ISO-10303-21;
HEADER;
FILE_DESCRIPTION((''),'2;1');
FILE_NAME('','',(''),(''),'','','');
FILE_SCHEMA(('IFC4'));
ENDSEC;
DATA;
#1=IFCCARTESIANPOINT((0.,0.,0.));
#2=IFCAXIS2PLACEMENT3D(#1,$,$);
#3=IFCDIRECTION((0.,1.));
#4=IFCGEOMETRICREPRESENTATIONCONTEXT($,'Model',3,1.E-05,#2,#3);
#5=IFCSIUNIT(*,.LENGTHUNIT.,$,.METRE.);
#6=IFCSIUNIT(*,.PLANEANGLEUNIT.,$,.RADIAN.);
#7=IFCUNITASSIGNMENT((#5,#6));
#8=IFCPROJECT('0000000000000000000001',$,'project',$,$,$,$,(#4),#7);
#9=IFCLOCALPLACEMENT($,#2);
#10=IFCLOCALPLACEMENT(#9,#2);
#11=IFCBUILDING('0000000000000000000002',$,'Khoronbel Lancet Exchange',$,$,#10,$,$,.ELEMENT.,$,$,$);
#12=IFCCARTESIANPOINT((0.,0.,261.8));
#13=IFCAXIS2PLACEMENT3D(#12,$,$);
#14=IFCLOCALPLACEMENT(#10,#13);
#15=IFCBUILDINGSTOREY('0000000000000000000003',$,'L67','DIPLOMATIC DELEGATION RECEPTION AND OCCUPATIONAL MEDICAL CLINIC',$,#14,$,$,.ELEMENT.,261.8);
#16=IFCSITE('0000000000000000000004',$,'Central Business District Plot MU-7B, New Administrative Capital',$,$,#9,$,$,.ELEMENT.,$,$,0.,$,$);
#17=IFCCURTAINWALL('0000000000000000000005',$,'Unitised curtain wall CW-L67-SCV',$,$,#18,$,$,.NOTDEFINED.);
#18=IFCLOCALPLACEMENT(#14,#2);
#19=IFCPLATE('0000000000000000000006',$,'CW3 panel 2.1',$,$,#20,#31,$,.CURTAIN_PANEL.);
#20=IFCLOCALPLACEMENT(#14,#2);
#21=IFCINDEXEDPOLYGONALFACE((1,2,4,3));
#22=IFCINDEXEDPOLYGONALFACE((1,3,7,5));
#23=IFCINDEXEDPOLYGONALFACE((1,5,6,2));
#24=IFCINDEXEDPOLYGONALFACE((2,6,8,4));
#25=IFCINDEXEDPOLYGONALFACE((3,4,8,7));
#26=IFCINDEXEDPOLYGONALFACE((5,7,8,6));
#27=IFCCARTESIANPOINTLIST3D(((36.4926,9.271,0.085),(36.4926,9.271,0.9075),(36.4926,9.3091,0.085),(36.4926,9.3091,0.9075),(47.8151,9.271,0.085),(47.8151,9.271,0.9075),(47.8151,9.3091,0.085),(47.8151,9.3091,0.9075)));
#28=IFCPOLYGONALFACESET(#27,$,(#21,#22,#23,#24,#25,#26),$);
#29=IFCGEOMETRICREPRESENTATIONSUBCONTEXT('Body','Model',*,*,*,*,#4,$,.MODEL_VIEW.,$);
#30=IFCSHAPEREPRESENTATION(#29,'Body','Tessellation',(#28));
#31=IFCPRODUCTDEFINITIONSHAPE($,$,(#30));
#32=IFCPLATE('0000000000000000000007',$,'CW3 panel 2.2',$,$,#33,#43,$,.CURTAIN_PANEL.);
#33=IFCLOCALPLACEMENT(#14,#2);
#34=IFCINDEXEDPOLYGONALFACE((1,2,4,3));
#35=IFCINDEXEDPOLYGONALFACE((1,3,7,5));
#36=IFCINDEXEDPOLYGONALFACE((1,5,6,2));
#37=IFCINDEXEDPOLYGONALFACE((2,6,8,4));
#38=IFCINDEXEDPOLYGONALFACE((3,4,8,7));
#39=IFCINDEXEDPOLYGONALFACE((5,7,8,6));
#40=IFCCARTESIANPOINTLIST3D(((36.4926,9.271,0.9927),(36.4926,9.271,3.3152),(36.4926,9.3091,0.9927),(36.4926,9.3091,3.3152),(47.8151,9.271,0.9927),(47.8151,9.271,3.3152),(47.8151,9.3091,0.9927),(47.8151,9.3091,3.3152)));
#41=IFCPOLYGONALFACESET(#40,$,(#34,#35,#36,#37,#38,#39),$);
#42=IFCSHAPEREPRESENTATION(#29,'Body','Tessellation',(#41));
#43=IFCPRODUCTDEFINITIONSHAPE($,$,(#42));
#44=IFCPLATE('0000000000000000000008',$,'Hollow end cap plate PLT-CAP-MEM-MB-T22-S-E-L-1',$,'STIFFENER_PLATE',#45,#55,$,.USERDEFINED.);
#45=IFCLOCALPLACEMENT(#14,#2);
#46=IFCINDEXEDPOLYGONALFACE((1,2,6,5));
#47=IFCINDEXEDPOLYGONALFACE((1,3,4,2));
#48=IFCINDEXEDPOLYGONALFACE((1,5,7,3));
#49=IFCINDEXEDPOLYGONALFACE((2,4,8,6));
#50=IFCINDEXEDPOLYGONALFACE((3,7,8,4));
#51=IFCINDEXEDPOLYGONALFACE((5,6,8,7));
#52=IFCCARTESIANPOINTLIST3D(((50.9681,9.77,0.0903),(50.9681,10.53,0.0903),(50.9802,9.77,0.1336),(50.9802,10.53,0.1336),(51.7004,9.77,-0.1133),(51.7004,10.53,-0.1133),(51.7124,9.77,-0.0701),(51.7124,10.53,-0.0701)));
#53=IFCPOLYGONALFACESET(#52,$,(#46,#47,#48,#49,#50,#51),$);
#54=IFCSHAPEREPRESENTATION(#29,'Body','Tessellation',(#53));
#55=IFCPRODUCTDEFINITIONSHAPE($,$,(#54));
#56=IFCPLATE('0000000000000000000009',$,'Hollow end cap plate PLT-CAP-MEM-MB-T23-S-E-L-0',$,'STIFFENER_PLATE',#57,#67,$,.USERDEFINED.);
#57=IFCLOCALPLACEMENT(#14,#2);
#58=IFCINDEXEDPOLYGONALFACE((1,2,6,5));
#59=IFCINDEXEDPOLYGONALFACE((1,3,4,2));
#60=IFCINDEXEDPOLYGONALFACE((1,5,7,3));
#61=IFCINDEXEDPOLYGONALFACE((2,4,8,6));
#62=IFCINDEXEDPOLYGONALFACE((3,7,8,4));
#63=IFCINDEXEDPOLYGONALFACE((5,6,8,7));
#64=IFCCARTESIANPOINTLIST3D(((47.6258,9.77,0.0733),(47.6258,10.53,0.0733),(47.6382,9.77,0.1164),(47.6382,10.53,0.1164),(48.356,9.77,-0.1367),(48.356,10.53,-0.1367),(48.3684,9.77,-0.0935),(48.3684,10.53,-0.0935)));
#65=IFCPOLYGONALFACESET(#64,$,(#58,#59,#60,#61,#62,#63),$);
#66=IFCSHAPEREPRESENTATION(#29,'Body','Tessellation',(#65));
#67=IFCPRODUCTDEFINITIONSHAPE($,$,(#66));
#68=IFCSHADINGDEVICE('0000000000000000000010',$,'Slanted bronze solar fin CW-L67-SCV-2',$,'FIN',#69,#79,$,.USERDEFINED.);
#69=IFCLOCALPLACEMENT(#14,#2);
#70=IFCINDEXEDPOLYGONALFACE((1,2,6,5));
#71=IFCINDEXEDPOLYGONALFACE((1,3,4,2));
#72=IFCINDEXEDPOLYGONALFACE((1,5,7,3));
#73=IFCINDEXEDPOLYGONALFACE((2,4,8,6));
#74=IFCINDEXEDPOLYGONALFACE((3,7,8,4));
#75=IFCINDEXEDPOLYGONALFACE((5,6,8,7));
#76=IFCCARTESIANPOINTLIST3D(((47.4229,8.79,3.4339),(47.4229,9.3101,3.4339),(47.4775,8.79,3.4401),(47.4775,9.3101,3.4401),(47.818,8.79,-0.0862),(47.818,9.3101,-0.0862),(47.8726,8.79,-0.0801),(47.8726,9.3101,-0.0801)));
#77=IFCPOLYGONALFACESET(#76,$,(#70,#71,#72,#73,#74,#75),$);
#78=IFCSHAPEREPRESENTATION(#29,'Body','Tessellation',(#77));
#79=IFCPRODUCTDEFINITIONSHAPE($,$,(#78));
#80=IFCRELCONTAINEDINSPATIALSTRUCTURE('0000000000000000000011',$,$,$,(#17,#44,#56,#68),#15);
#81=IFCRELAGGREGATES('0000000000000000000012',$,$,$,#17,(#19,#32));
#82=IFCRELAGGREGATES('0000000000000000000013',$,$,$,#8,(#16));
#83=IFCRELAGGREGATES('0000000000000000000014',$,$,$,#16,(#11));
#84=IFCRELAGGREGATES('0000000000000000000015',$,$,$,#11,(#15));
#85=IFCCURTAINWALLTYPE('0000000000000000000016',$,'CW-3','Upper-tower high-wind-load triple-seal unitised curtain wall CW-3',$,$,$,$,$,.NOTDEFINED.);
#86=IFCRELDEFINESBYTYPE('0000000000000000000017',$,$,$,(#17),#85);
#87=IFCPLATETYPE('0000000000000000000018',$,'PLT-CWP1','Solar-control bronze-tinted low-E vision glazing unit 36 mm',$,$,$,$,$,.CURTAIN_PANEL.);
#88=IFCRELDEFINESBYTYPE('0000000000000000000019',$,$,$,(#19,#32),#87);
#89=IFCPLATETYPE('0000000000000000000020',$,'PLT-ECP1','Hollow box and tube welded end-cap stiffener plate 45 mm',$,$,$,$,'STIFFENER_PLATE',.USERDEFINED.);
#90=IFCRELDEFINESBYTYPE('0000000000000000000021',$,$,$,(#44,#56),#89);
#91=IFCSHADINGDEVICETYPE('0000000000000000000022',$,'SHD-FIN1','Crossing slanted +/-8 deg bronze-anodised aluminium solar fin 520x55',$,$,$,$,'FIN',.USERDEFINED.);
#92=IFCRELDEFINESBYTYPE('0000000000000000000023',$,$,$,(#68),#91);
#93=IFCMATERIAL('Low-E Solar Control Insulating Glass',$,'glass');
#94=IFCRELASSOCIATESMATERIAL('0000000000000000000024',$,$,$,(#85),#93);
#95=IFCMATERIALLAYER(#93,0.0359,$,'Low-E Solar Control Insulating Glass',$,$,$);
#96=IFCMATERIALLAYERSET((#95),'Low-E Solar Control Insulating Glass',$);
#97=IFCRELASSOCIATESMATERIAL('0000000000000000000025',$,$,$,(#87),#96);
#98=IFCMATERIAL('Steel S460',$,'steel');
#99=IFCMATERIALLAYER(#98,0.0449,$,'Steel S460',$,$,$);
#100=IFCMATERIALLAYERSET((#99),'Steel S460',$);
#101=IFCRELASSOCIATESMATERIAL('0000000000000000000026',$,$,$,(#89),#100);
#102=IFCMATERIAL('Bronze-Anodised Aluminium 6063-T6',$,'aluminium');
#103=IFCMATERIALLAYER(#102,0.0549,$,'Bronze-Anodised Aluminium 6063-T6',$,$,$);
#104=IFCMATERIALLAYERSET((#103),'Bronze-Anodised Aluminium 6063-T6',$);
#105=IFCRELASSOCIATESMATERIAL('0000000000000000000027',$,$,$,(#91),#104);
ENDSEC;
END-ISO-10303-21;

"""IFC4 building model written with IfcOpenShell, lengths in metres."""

from ifc_helpers import new_model, si_unit, direction, frame, origin, origin_2d, place, context, subcontext, project, spatial, polyline, rectangle, outline, extrude, material, layer, layer_set, type_object, element, aggregate, save


model = new_model("IFC4")

# Units and contexts
model_context = context("Model", 3, precision=1e-05, world=origin(), true_north=direction((0.0, 1.0)))
body_context = subcontext(model_context, "Body", "Model", "MODEL_VIEW")
ifc_project = project(units=[si_unit("LENGTHUNIT", "METRE"), si_unit("PLANEANGLEUNIT", "RADIAN")], contexts=[model_context])

# Site, building, storey
site_placement = place(None, origin())
site = spatial("IfcSite", under=ifc_project, at=site_placement, Name="Central Business District Plot MU-7B, New Administrative Capital", CompositionType="ELEMENT", RefElevation=0.0)
building_placement = place(site_placement, origin())
building = spatial("IfcBuilding", under=site, at=building_placement, Name="Khoronbel Lancet Exchange", CompositionType="ELEMENT")
storey_placement = place(building_placement, frame((0.0, 0.0, 261.8)))
storey = spatial("IfcBuildingStorey", under=building, at=storey_placement, Name="L67", Description="DIPLOMATIC DELEGATION RECEPTION AND OCCUPATIONAL MEDICAL CLINIC", CompositionType="ELEMENT", Elevation=261.8)

# Shared definitions
ifc_material_1 = material(Name="Steel S460", Category="steel")

# Curtain wall
ifc_material_2 = material(Name="Low-E Solar Control Insulating Glass", Category="glass")
curtain_wall_type = type_object("IfcCurtainWallType", Name="CW-3", Description="Upper-tower high-wind-load triple-seal unitised curtain wall CW-3", PredefinedType="NOTDEFINED", material=ifc_material_2)
curtain_wall_1_placement = place(storey_placement, origin())
curtain_wall_1 = element("IfcCurtainWall", 1, at=curtain_wall_1_placement, inside=storey, type_object=curtain_wall_type, Name="Unitised curtain wall CW-L67-SCV", PredefinedType="NOTDEFINED")
ifc_material_3 = material(Name="Bronze-Anodised Aluminium 6063-T6", Category="aluminium")

# Plates
ifc_layer_1 = layer(ifc_material_2, 0.0359, Name="Low-E Solar Control Insulating Glass")
ifc_layer_set_1 = layer_set([ifc_layer_1], Name="Low-E Solar Control Insulating Glass")
plate_type_1 = type_object("IfcPlateType", Name="PLT-CWP1", Description="Solar-control bronze-tinted low-E vision glazing unit 36 mm", PredefinedType="CURTAIN_PANEL", material=ifc_layer_set_1)
plate_1_placement = place(storey_placement, frame((42.1538, 9.29, 0.085), z_axis=(0.0, 0.0, 1.0), x_axis=(1.0, 0.0, 0.0)))
plate_1 = element("IfcPlate", 2, at=plate_1_placement, type_object=plate_type_1, Name="CW3 panel 2.1", PredefinedType="CURTAIN_PANEL", context=body_context, shape_type="SweptSolid", body=[
    extrude(rectangle(XDim=11.3225, YDim=0.0381, at=origin_2d()), origin(), (0.0, 0.0, 1.0), 0.8225),
])
plate_2_placement = place(storey_placement, frame((42.1538, 9.29, 0.9927), z_axis=(0.0, 0.0, 1.0), x_axis=(1.0, 0.0, 0.0)))
plate_2 = element("IfcPlate", 3, at=plate_2_placement, type_object=plate_type_1, Name="CW3 panel 2.2", PredefinedType="CURTAIN_PANEL", context=body_context, shape_type="SweptSolid", body=[
    extrude(rectangle(XDim=11.3225, YDim=0.0381, at=origin_2d()), origin(), (0.0, 0.0, 1.0), 2.3225),
])
aggregate(curtain_wall_1, [plate_1, plate_2])

# Plates
ifc_layer_2 = layer(ifc_material_1, 0.0449, Name="Steel S460")
ifc_layer_set_2 = layer_set([ifc_layer_2], Name="Steel S460")
plate_type_2 = type_object("IfcPlateType", Name="PLT-ECP1", Description="Hollow box and tube welded end-cap stiffener plate 45 mm", ElementType="STIFFENER_PLATE", PredefinedType="USERDEFINED", material=ifc_layer_set_2)
plate_3_placement = place(storey_placement, frame((51.7124, 9.77, -0.0701), z_axis=(0.267926, 0.0, 0.96344), x_axis=(0.0, 1.0, 0.0)))
element("IfcPlate", 4, at=plate_3_placement, inside=storey, type_object=plate_type_2, Name="Hollow end cap plate PLT-CAP-MEM-MB-T22-S-E-L-1", ObjectType="STIFFENER_PLATE", PredefinedType="USERDEFINED", context=body_context, shape_type="SweptSolid", body=[
    extrude(outline(polyline([(0.0, 0.0), (0.76, 0.0), (0.76, 0.76), (0.0, 0.76), (0.0, 0.0)])), origin(), (0.0, 0.0, -1.0), 0.0449),
])
plate_4_placement = place(storey_placement, frame((48.3684, 9.77, -0.0935), z_axis=(0.276333, 0.0, 0.961062), x_axis=(0.0, 1.0, 0.0)))
element("IfcPlate", 5, at=plate_4_placement, inside=storey, type_object=plate_type_2, Name="Hollow end cap plate PLT-CAP-MEM-MB-T23-S-E-L-0", ObjectType="STIFFENER_PLATE", PredefinedType="USERDEFINED", context=body_context, shape_type="SweptSolid", body=[
    extrude(outline(polyline([(0.0, 0.0), (0.76, 0.0), (0.76, 0.7598), (0.0, 0.7598), (0.0, 0.0)])), origin(), (0.0, 0.0, -1.0), 0.0449),
])

# Shading device
ifc_layer_3 = layer(ifc_material_3, 0.0549, Name="Bronze-Anodised Aluminium 6063-T6")
ifc_layer_set_3 = layer_set([ifc_layer_3], Name="Bronze-Anodised Aluminium 6063-T6")
shading_device_type = type_object("IfcShadingDeviceType", Name="SHD-FIN1", Description="Crossing slanted +/-8 deg bronze-anodised aluminium solar fin 520x55", ElementType="FIN", PredefinedType="USERDEFINED", material=ifc_layer_set_3)
shading_device_placement = place(storey_placement, frame((47.8726, 9.3101, -0.0801), z_axis=(0.993762, 0.0, 0.111521), x_axis=(0.0, -1.0, 0.0)))
element("IfcShadingDevice", 6, at=shading_device_placement, inside=storey, type_object=shading_device_type, Name="Slanted bronze solar fin CW-L67-SCV-2", ObjectType="FIN", PredefinedType="USERDEFINED", context=body_context, shape_type="SweptSolid", body=[
    extrude(outline(polyline([(0.0, 0.0), (0.52, 0.0), (0.52, -3.5422), (0.0, -3.5422), (0.0, 0.0)])), origin(), (0.0, 0.0, -1.0), 0.0549),
])

save(model, "model.ifc")
